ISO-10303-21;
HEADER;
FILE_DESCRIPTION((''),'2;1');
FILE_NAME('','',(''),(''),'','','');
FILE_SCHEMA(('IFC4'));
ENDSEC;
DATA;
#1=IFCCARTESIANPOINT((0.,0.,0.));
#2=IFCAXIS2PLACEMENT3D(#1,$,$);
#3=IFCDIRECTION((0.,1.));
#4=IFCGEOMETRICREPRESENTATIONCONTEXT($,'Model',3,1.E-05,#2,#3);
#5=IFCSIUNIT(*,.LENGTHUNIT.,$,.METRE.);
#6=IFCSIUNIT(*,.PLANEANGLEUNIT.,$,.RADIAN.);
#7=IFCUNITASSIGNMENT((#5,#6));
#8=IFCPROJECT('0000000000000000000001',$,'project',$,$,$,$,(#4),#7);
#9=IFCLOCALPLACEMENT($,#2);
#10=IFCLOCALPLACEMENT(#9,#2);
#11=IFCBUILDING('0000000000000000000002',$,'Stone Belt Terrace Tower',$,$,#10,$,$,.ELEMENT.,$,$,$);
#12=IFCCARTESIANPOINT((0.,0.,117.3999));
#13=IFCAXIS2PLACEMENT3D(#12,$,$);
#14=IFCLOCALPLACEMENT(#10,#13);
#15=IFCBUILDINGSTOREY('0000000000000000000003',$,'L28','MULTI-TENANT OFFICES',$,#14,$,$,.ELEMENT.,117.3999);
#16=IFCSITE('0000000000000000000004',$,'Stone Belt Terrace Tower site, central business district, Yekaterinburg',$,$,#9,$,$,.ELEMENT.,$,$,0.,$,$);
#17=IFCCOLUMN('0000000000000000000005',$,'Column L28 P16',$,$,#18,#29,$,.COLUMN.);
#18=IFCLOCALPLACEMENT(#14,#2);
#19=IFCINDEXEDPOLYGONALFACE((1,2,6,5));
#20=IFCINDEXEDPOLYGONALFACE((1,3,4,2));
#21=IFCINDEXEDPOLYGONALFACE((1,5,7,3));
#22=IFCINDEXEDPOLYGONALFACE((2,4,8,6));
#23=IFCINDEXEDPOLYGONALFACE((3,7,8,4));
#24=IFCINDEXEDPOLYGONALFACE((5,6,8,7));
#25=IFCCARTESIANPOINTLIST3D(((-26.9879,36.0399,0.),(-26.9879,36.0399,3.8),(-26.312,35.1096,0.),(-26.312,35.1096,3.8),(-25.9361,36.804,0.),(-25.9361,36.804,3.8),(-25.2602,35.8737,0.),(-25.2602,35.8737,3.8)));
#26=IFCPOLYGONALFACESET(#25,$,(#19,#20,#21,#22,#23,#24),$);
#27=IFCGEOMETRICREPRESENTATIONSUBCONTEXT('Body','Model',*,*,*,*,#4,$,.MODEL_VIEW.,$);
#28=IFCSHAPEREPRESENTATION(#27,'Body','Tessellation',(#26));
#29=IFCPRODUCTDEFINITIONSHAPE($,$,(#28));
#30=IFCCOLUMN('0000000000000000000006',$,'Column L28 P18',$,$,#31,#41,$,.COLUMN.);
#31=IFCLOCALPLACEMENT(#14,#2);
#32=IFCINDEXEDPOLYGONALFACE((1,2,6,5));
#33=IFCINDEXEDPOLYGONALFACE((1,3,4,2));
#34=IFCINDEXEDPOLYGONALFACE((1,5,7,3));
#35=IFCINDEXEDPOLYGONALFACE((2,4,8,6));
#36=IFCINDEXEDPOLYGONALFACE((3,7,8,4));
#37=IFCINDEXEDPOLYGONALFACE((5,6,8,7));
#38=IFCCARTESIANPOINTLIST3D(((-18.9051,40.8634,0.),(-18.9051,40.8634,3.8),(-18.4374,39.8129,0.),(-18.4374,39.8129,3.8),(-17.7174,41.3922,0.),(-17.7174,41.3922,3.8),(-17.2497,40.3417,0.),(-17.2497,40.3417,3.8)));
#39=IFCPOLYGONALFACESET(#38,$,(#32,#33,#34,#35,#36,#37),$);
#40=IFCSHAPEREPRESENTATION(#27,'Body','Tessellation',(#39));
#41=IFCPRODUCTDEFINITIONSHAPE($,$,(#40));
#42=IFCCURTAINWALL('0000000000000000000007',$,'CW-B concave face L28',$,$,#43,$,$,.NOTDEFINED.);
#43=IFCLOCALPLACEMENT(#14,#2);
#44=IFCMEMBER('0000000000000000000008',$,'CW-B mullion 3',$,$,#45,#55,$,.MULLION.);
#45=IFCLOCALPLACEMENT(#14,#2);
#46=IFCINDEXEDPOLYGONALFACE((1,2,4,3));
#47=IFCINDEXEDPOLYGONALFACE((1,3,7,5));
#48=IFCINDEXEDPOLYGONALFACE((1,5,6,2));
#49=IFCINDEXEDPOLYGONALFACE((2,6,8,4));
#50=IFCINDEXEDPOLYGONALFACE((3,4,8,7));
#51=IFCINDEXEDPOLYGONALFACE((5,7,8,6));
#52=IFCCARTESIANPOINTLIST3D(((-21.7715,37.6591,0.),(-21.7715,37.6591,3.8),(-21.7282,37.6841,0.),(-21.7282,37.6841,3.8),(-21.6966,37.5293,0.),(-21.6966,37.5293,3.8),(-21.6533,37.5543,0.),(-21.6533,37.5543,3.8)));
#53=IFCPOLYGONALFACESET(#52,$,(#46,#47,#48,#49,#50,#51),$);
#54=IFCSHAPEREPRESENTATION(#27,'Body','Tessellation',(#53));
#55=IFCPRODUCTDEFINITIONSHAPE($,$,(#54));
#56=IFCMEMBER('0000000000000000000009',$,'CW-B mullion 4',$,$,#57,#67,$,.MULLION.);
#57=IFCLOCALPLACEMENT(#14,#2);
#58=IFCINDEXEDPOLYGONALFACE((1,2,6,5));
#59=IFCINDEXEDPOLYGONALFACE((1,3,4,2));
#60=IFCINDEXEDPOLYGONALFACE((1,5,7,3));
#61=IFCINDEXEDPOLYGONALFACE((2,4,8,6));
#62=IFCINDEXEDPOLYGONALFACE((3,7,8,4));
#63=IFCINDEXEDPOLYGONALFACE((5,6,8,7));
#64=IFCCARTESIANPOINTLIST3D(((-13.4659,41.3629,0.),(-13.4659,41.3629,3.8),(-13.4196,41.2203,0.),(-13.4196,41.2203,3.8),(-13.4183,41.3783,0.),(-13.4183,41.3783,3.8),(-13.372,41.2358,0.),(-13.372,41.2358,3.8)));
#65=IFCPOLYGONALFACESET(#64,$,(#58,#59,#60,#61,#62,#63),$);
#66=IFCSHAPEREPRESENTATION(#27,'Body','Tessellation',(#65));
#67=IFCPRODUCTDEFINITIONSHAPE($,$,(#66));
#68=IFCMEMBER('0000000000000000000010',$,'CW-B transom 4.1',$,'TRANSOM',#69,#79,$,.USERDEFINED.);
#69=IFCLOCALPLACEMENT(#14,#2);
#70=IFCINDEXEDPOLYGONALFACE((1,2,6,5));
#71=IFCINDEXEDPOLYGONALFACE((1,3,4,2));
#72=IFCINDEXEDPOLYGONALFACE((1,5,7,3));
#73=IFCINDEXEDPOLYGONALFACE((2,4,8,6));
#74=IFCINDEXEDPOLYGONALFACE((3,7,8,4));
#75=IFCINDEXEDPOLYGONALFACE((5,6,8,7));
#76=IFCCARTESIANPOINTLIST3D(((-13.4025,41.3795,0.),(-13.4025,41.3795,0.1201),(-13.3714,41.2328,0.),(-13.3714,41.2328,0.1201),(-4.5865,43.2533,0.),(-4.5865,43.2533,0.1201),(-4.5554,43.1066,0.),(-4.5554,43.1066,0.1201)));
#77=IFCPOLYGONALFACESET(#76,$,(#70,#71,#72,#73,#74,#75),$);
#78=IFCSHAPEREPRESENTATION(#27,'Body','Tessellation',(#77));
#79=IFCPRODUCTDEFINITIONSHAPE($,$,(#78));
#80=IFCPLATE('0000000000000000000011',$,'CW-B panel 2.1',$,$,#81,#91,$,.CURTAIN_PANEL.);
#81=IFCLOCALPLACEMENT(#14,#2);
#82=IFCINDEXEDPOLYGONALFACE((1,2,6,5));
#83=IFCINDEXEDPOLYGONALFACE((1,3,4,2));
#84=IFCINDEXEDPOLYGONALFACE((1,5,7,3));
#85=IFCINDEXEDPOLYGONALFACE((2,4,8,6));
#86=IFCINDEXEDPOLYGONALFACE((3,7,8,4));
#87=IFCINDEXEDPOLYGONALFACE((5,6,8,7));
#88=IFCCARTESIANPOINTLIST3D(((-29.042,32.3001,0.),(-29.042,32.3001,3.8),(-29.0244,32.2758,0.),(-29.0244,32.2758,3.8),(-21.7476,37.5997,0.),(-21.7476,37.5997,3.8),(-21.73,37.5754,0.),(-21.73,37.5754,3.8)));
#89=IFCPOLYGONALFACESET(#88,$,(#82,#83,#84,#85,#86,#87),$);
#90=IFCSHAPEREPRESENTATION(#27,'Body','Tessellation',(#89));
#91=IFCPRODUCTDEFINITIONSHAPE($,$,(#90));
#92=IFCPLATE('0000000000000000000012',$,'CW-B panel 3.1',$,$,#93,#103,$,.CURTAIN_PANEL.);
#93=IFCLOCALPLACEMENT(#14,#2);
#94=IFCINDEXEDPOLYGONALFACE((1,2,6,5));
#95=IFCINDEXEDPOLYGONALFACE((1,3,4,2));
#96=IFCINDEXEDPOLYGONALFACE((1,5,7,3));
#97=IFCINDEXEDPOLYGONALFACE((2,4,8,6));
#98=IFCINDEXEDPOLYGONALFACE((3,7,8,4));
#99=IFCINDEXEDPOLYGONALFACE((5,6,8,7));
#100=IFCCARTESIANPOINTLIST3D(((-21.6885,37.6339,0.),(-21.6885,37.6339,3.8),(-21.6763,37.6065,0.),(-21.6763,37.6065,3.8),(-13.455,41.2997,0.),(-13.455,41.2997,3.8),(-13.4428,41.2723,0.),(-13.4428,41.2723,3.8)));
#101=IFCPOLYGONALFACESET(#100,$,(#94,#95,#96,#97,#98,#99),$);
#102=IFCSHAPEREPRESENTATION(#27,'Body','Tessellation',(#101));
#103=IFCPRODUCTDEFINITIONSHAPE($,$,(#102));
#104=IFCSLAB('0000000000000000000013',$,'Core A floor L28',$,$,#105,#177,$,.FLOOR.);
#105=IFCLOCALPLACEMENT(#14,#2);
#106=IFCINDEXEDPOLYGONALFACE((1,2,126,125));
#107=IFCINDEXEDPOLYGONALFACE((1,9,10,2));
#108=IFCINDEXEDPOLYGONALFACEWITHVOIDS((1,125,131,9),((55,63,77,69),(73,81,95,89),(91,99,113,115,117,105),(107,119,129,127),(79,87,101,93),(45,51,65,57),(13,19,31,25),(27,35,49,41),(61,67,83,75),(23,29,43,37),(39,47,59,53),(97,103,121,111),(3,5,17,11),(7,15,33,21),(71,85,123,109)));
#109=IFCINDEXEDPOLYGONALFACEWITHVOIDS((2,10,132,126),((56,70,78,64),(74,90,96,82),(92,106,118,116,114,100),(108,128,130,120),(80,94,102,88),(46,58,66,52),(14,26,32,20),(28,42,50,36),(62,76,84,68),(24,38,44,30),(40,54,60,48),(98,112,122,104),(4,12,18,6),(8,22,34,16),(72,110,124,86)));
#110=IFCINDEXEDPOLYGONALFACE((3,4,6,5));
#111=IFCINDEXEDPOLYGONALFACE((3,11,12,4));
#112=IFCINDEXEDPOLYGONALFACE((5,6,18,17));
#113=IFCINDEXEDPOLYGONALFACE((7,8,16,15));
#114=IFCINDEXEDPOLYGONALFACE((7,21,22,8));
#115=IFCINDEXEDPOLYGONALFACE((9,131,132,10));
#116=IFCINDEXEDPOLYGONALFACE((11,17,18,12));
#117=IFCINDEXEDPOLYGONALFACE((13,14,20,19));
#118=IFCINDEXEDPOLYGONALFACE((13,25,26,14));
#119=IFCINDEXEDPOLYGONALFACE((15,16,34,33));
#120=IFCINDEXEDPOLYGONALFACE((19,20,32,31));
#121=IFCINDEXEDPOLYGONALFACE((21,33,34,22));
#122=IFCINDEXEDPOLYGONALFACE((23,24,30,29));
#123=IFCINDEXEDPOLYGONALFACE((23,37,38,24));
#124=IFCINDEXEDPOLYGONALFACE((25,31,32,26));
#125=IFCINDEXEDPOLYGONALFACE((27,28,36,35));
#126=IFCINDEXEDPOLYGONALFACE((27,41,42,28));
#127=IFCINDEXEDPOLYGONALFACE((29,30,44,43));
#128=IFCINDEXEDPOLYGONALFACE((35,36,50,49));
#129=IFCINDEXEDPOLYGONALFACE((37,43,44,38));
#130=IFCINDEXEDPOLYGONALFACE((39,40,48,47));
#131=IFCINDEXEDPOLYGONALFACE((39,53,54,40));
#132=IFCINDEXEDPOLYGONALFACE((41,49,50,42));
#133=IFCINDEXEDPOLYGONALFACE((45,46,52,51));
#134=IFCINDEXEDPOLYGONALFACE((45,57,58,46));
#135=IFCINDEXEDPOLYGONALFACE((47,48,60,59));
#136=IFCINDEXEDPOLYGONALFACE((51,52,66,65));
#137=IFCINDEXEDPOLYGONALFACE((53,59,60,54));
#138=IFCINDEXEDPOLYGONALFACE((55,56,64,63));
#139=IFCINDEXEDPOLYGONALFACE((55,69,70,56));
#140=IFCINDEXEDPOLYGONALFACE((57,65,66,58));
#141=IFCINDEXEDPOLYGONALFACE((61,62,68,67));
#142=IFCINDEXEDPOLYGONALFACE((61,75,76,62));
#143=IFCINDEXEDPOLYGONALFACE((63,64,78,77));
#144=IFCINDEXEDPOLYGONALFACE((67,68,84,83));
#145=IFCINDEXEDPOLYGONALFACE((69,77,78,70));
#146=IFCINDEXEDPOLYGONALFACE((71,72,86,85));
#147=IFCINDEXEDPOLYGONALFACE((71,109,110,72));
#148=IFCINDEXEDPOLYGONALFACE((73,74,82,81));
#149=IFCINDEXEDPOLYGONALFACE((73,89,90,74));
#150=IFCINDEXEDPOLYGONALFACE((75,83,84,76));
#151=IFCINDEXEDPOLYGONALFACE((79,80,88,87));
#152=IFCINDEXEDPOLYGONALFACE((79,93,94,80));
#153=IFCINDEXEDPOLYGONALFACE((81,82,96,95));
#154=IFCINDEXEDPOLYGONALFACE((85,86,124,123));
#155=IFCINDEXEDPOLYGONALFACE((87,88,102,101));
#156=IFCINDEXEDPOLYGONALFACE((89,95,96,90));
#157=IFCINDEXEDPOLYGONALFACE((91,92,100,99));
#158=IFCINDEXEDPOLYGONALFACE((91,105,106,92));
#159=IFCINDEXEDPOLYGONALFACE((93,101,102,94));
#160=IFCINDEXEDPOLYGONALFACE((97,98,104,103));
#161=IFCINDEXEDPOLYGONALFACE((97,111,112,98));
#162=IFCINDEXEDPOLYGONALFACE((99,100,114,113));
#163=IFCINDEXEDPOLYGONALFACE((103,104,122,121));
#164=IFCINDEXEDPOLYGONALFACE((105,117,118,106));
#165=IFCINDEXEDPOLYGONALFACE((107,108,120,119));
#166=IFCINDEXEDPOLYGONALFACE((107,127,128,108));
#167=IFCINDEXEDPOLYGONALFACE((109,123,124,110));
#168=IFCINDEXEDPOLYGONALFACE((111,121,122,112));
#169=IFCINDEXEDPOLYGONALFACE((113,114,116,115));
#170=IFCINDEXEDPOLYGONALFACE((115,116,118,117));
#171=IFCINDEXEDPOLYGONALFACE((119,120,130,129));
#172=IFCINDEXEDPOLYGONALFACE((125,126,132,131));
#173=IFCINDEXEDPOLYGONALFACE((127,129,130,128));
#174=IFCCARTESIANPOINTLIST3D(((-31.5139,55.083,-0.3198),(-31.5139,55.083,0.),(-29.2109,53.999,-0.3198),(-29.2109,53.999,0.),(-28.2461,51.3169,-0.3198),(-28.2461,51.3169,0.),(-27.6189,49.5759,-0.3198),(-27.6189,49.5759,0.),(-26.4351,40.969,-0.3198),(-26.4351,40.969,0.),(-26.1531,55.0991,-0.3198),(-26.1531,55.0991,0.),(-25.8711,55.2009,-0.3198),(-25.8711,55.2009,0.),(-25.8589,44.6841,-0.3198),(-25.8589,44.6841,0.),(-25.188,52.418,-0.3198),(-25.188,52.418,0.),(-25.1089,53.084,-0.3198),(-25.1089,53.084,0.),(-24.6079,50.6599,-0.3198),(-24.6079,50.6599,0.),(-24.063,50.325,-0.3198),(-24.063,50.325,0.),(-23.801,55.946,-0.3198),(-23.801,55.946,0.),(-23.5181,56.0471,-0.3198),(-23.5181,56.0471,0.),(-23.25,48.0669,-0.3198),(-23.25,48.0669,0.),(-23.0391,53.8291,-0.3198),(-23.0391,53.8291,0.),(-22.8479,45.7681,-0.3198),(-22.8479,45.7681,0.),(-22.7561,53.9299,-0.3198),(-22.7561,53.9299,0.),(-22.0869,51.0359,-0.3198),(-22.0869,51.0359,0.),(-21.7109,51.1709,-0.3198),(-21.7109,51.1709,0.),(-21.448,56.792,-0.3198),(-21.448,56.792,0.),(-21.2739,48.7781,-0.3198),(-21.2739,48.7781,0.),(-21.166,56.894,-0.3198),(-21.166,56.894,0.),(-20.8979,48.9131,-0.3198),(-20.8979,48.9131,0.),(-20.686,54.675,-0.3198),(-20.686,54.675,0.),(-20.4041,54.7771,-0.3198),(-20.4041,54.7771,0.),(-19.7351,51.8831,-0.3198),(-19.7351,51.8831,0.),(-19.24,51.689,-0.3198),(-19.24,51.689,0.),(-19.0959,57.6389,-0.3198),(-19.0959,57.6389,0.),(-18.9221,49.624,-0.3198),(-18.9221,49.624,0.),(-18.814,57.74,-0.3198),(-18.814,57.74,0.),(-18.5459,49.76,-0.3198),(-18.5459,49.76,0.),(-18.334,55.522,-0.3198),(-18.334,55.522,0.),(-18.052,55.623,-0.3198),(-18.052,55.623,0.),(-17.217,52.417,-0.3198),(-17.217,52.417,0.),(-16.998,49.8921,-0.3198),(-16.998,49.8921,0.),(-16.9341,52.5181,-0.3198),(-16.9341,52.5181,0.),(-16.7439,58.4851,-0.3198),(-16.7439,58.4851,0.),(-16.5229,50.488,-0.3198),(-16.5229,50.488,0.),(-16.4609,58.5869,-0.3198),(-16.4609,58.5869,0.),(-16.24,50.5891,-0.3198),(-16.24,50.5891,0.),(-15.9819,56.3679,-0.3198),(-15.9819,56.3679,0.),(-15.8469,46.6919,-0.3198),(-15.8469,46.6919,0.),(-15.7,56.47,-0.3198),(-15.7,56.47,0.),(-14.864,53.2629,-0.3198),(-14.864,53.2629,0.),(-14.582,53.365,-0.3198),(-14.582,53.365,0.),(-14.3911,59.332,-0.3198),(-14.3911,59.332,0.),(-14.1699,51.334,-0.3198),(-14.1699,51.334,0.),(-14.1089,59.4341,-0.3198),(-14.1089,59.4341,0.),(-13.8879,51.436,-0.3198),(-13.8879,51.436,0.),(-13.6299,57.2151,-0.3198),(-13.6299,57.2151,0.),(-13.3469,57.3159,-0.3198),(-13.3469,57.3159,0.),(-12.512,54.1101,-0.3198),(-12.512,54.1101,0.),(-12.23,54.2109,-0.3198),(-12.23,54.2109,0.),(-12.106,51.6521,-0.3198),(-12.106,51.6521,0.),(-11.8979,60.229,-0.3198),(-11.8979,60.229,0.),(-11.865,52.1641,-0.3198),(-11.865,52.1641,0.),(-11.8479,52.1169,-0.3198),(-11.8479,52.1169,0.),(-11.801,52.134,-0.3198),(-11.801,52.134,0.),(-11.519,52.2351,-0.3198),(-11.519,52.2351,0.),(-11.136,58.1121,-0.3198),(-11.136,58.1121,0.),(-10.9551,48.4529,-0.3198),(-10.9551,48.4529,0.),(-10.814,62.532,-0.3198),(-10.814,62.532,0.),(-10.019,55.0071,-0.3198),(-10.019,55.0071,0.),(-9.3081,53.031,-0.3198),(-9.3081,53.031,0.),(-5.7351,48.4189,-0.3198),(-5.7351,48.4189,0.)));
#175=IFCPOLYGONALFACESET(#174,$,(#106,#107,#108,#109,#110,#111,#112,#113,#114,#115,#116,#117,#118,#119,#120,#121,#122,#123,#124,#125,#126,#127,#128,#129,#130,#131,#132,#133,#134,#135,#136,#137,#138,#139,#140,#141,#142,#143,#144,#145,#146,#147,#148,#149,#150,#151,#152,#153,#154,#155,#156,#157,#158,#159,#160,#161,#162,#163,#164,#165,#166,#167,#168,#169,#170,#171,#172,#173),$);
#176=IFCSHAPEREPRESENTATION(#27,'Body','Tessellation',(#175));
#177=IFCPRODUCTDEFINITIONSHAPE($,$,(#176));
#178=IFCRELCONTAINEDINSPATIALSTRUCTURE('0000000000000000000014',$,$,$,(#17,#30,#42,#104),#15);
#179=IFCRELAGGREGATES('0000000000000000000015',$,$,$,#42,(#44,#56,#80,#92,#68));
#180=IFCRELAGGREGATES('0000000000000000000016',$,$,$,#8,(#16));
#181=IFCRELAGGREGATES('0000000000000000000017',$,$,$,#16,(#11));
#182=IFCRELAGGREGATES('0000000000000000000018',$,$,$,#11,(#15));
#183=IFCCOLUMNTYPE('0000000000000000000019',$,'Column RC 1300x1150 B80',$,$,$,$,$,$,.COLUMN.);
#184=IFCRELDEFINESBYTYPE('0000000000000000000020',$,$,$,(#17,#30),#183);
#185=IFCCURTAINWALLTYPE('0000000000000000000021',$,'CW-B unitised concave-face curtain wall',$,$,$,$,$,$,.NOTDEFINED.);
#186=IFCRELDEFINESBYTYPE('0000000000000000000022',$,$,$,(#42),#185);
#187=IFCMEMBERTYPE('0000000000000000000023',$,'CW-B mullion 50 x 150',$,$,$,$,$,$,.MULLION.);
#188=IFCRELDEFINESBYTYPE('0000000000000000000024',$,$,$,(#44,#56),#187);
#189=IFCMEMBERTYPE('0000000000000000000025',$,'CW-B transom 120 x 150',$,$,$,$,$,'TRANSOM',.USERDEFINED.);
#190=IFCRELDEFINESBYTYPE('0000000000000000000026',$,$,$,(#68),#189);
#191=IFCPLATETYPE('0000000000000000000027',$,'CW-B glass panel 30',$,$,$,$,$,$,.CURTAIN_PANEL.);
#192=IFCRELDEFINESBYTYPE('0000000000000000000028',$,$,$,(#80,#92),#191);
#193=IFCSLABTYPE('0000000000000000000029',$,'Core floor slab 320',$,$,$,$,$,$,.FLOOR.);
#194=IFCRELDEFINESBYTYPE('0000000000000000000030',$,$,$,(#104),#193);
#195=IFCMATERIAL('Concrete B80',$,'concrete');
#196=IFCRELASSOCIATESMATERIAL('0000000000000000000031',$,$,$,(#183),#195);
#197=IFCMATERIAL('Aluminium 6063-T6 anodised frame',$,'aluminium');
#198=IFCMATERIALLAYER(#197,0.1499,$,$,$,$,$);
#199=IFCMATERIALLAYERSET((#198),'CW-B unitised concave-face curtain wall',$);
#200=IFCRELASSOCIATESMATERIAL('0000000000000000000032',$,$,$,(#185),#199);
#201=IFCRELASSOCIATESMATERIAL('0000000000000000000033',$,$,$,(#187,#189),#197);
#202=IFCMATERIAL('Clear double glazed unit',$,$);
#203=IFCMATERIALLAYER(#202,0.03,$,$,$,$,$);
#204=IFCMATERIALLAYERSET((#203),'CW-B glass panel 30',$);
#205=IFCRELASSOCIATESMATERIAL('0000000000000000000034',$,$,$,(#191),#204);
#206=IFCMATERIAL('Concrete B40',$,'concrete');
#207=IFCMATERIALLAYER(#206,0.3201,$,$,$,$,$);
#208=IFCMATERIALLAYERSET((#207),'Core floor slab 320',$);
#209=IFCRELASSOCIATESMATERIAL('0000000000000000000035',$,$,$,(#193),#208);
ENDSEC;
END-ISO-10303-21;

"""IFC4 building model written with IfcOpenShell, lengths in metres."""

from ifc_helpers import new_model, si_unit, direction, frame, origin, origin_2d, place, context, subcontext, project, spatial, polyline, rectangle, outline, extrude, material, layer, layer_set, material_profile, profile_set, type_object, element, aggregate, save


model = new_model("IFC4")

# Units and contexts
model_context = context("Model", 3, precision=1e-05, world=origin(), true_north=direction((0.0, 1.0)))
body_context = subcontext(model_context, "Body", "Model", "MODEL_VIEW")
ifc_project = project(units=[si_unit("LENGTHUNIT", "METRE"), si_unit("PLANEANGLEUNIT", "RADIAN")], contexts=[model_context])

# Site, building, storey
site_placement = place(None, origin())
site = spatial("IfcSite", under=ifc_project, at=site_placement, Name="Stone Belt Terrace Tower site, central business district, Yekaterinburg", CompositionType="ELEMENT", RefElevation=0.0)
building_placement = place(site_placement, origin())
building = spatial("IfcBuilding", under=site, at=building_placement, Name="Stone Belt Terrace Tower", CompositionType="ELEMENT")
storey_placement = place(building_placement, frame((0.0, 0.0, 117.3999)))
storey = spatial("IfcBuildingStorey", under=building, at=storey_placement, Name="L28", Description="MULTI-TENANT OFFICES", CompositionType="ELEMENT", Elevation=117.3999)

# Columns
ifc_material_1 = material(Name="Concrete B80", Category="concrete")
ifc_material_profile_1 = material_profile(ifc_material_1, rectangle(XDim=1.3, YDim=1.1499, at=origin_2d()), Name="RC 1300x1150")
ifc_profile_set_1 = profile_set([ifc_material_profile_1], Name="Concrete B80")
column_type = type_object("IfcColumnType", Name="Column RC 1300x1150 B80", PredefinedType="COLUMN", material=ifc_profile_set_1)
for number, where, z_axis, x_axis, name in (
    (1, (-26.124, 35.9568, 0.0), (0.0, 0.0, 1.0), (0.809017, 0.587785, 0.0), "Column L28 P16"),
    (2, (-18.0774, 40.6025, 0.0), (0.0, 0.0, 1.0), (0.913545, 0.406737, 0.0), "Column L28 P18"),
):
    element("IfcColumn", number, at=place(storey_placement, frame(where, z_axis=z_axis, x_axis=x_axis)), inside=storey, type_object=column_type, Name=name, PredefinedType="COLUMN", context=body_context, shape_type="SweptSolid", body=[
        extrude(rectangle(XDim=1.3, YDim=1.1499, at=origin_2d()), origin(), (0.0, 0.0, 1.0), 3.8),
    ])

# Curtain wall, members, plates
ifc_material_2 = material(Name="Aluminium 6063-T6 anodised frame", Category="aluminium")
ifc_layer_1 = layer(ifc_material_2, 0.1499)
ifc_layer_set_1 = layer_set([ifc_layer_1], Name="CW-B unitised concave-face curtain wall")
curtain_wall_type = type_object("IfcCurtainWallType", Name="CW-B unitised concave-face curtain wall", PredefinedType="NOTDEFINED", material=ifc_layer_set_1)
curtain_wall_placement = place(storey_placement, origin())
curtain_wall = element("IfcCurtainWall", 3, at=curtain_wall_placement, inside=storey, type_object=curtain_wall_type, Name="CW-B concave face L28", PredefinedType="NOTDEFINED")
ifc_material_profile_2 = material_profile(ifc_material_2, rectangle(XDim=0.1499, YDim=0.05, at=origin_2d()), Name="Aluminium 6063-T6 50x150")
ifc_profile_set_2 = profile_set([ifc_material_profile_2], Name="Aluminium 6063-T6 anodised frame")
member_type_1 = type_object("IfcMemberType", Name="CW-B mullion 50 x 150", PredefinedType="MULLION", material=ifc_profile_set_2)
member_1_placement = place(storey_placement, frame((-21.7124, 37.6067, 0.0), z_axis=(0.0, 0.0, 1.0), x_axis=(-0.5, 0.866025, 0.0)))
member_1 = element("IfcMember", 4, at=member_1_placement, type_object=member_type_1, Name="CW-B mullion 3", PredefinedType="MULLION", context=body_context, shape_type="SweptSolid", body=[
    extrude(rectangle(XDim=0.1499, YDim=0.05, at=origin_2d()), origin(), (0.0, 0.0, 1.0), 3.8),
])
member_2_placement = place(storey_placement, frame((-13.4189, 41.2993, 0.0), z_axis=(0.0, 0.0, 1.0), x_axis=(-0.309017, 0.951057, 0.0)))
member_2 = element("IfcMember", 5, at=member_2_placement, type_object=member_type_1, Name="CW-B mullion 4", PredefinedType="MULLION", context=body_context, shape_type="SweptSolid", body=[
    extrude(rectangle(XDim=0.1499, YDim=0.05, at=origin_2d()), origin(), (0.0, 0.0, 1.0), 3.8),
])
ifc_material_profile_3 = material_profile(ifc_material_2, rectangle(XDim=0.1499, YDim=0.1201, at=origin_2d()), Name="Aluminium 6063-T6 150x120")
ifc_profile_set_3 = profile_set([ifc_material_profile_3], Name="Aluminium 6063-T6 anodised frame")
member_type_2 = type_object("IfcMemberType", Name="CW-B transom 120 x 150", ElementType="TRANSOM", PredefinedType="USERDEFINED", material=ifc_profile_set_3)
member_3_placement = place(storey_placement, frame((-13.387, 41.3062, 0.0601), z_axis=(0.97815, 0.207901, 0.0), x_axis=(-0.207901, 0.97815, 0.0)))
member_3 = element("IfcMember", 6, at=member_3_placement, type_object=member_type_2, Name="CW-B transom 4.1", ObjectType="TRANSOM", PredefinedType="USERDEFINED", context=body_context, shape_type="SweptSolid", body=[
    extrude(rectangle(XDim=0.1499, YDim=0.1201, at=origin_2d()), origin(), (0.0, 0.0, 1.0), 9.0129),
])
ifc_material_3 = material(Name="Clear double glazed unit")
ifc_layer_2 = layer(ifc_material_3, 0.03)
ifc_layer_set_2 = layer_set([ifc_layer_2], Name="CW-B glass panel 30")
plate_type = type_object("IfcPlateType", Name="CW-B glass panel 30", PredefinedType="CURTAIN_PANEL", material=ifc_layer_set_2)
plate_1_placement = place(storey_placement, frame((-25.386, 34.9377, 0.0), z_axis=(0.0, 0.0, 1.0), x_axis=(0.809017, 0.587785, 0.0)))
plate_1 = element("IfcPlate", 7, at=plate_1_placement, type_object=plate_type, Name="CW-B panel 2.1", PredefinedType="CURTAIN_PANEL", context=body_context, shape_type="SweptSolid", body=[
    extrude(rectangle(XDim=9.0164, YDim=0.03, at=origin_2d()), origin(), (0.0, 0.0, 1.0), 3.8),
])
plate_2_placement = place(storey_placement, frame((-17.5657, 39.4531, 0.0), z_axis=(0.0, 0.0, 1.0), x_axis=(0.913545, 0.406737, 0.0)))
plate_2 = element("IfcPlate", 8, at=plate_2_placement, type_object=plate_type, Name="CW-B panel 3.1", PredefinedType="CURTAIN_PANEL", context=body_context, shape_type="SweptSolid", body=[
    extrude(rectangle(XDim=9.0127, YDim=0.03, at=origin_2d()), origin(), (0.0, 0.0, 1.0), 3.8),
])
aggregate(curtain_wall, [member_1, member_2, plate_1, plate_2, member_3])

# Slab
ifc_material_4 = material(Name="Concrete B40", Category="concrete")
ifc_layer_3 = layer(ifc_material_4, 0.3201)
ifc_layer_set_3 = layer_set([ifc_layer_3], Name="Core floor slab 320")
slab_type_1 = type_object("IfcSlabType", Name="Core floor slab 320", PredefinedType="FLOOR", material=ifc_layer_set_3)
slab_1_placement = place(storey_placement, frame((0.0, 0.0, -0.3198)))
element("IfcSlab", 9, at=slab_1_placement, inside=storey, type_object=slab_type_1, Name="Core A floor L28", PredefinedType="FLOOR", context=body_context, shape_type="SweptSolid", body=[
    extrude(outline(polyline([(-26.4351, 40.969), (-5.7351, 48.4189), (-10.814, 62.532), (-31.5139, 55.083), (-26.4351, 40.969)]), holes=[polyline([(-24.6079, 50.6599), (-22.8479, 45.7681), (-25.8589, 44.6841), (-27.6189, 49.5759), (-24.6079, 50.6599)]), polyline([(-21.2739, 48.7781), (-23.25, 48.0669), (-24.063, 50.325), (-22.0869, 51.0359), (-21.2739, 48.7781)]), polyline([(-18.9221, 49.624), (-20.8979, 48.9131), (-21.7109, 51.1709), (-19.7351, 51.8831), (-18.9221, 49.624)]), polyline([(-19.24, 51.689), (-17.217, 52.417), (-16.5229, 50.488), (-18.5459, 49.76), (-19.24, 51.689)]), polyline([(-29.2109, 53.999), (-26.1531, 55.0991), (-25.188, 52.418), (-28.2461, 51.3169), (-29.2109, 53.999)]), polyline([(-23.801, 55.946), (-23.0391, 53.8291), (-25.1089, 53.084), (-25.8711, 55.2009), (-23.801, 55.946)]), polyline([(-21.448, 56.792), (-20.686, 54.675), (-22.7561, 53.9299), (-23.5181, 56.0471), (-21.448, 56.792)]), polyline([(-19.0959, 57.6389), (-18.334, 55.522), (-20.4041, 54.7771), (-21.166, 56.894), (-19.0959, 57.6389)]), polyline([(-15.8469, 46.6919), (-16.998, 49.8921), (-12.106, 51.6521), (-10.9551, 48.4529), (-15.8469, 46.6919)]), polyline([(-16.24, 50.5891), (-16.9341, 52.5181), (-14.864, 53.2629), (-14.1699, 51.334), (-16.24, 50.5891)]), polyline([(-11.801, 52.134), (-11.8479, 52.1169), (-11.865, 52.1641), (-13.8879, 51.436), (-14.582, 53.365), (-12.512, 54.1101), (-11.801, 52.134)]), polyline([(-9.3081, 53.031), (-11.519, 52.2351), (-12.23, 54.2109), (-10.019, 55.0071), (-9.3081, 53.031)]), polyline([(-16.7439, 58.4851), (-15.9819, 56.3679), (-18.052, 55.623), (-18.814, 57.74), (-16.7439, 58.4851)]), polyline([(-14.3911, 59.332), (-13.6299, 57.2151), (-15.7, 56.47), (-16.4609, 58.5869), (-14.3911, 59.332)]), polyline([(-11.8979, 60.229), (-11.136, 58.1121), (-13.3469, 57.3159), (-14.1089, 59.4341), (-11.8979, 60.229)])]), origin(), (0.0, 0.0, 1.0), 0.3198),
])

save(model, "model.ifc")
